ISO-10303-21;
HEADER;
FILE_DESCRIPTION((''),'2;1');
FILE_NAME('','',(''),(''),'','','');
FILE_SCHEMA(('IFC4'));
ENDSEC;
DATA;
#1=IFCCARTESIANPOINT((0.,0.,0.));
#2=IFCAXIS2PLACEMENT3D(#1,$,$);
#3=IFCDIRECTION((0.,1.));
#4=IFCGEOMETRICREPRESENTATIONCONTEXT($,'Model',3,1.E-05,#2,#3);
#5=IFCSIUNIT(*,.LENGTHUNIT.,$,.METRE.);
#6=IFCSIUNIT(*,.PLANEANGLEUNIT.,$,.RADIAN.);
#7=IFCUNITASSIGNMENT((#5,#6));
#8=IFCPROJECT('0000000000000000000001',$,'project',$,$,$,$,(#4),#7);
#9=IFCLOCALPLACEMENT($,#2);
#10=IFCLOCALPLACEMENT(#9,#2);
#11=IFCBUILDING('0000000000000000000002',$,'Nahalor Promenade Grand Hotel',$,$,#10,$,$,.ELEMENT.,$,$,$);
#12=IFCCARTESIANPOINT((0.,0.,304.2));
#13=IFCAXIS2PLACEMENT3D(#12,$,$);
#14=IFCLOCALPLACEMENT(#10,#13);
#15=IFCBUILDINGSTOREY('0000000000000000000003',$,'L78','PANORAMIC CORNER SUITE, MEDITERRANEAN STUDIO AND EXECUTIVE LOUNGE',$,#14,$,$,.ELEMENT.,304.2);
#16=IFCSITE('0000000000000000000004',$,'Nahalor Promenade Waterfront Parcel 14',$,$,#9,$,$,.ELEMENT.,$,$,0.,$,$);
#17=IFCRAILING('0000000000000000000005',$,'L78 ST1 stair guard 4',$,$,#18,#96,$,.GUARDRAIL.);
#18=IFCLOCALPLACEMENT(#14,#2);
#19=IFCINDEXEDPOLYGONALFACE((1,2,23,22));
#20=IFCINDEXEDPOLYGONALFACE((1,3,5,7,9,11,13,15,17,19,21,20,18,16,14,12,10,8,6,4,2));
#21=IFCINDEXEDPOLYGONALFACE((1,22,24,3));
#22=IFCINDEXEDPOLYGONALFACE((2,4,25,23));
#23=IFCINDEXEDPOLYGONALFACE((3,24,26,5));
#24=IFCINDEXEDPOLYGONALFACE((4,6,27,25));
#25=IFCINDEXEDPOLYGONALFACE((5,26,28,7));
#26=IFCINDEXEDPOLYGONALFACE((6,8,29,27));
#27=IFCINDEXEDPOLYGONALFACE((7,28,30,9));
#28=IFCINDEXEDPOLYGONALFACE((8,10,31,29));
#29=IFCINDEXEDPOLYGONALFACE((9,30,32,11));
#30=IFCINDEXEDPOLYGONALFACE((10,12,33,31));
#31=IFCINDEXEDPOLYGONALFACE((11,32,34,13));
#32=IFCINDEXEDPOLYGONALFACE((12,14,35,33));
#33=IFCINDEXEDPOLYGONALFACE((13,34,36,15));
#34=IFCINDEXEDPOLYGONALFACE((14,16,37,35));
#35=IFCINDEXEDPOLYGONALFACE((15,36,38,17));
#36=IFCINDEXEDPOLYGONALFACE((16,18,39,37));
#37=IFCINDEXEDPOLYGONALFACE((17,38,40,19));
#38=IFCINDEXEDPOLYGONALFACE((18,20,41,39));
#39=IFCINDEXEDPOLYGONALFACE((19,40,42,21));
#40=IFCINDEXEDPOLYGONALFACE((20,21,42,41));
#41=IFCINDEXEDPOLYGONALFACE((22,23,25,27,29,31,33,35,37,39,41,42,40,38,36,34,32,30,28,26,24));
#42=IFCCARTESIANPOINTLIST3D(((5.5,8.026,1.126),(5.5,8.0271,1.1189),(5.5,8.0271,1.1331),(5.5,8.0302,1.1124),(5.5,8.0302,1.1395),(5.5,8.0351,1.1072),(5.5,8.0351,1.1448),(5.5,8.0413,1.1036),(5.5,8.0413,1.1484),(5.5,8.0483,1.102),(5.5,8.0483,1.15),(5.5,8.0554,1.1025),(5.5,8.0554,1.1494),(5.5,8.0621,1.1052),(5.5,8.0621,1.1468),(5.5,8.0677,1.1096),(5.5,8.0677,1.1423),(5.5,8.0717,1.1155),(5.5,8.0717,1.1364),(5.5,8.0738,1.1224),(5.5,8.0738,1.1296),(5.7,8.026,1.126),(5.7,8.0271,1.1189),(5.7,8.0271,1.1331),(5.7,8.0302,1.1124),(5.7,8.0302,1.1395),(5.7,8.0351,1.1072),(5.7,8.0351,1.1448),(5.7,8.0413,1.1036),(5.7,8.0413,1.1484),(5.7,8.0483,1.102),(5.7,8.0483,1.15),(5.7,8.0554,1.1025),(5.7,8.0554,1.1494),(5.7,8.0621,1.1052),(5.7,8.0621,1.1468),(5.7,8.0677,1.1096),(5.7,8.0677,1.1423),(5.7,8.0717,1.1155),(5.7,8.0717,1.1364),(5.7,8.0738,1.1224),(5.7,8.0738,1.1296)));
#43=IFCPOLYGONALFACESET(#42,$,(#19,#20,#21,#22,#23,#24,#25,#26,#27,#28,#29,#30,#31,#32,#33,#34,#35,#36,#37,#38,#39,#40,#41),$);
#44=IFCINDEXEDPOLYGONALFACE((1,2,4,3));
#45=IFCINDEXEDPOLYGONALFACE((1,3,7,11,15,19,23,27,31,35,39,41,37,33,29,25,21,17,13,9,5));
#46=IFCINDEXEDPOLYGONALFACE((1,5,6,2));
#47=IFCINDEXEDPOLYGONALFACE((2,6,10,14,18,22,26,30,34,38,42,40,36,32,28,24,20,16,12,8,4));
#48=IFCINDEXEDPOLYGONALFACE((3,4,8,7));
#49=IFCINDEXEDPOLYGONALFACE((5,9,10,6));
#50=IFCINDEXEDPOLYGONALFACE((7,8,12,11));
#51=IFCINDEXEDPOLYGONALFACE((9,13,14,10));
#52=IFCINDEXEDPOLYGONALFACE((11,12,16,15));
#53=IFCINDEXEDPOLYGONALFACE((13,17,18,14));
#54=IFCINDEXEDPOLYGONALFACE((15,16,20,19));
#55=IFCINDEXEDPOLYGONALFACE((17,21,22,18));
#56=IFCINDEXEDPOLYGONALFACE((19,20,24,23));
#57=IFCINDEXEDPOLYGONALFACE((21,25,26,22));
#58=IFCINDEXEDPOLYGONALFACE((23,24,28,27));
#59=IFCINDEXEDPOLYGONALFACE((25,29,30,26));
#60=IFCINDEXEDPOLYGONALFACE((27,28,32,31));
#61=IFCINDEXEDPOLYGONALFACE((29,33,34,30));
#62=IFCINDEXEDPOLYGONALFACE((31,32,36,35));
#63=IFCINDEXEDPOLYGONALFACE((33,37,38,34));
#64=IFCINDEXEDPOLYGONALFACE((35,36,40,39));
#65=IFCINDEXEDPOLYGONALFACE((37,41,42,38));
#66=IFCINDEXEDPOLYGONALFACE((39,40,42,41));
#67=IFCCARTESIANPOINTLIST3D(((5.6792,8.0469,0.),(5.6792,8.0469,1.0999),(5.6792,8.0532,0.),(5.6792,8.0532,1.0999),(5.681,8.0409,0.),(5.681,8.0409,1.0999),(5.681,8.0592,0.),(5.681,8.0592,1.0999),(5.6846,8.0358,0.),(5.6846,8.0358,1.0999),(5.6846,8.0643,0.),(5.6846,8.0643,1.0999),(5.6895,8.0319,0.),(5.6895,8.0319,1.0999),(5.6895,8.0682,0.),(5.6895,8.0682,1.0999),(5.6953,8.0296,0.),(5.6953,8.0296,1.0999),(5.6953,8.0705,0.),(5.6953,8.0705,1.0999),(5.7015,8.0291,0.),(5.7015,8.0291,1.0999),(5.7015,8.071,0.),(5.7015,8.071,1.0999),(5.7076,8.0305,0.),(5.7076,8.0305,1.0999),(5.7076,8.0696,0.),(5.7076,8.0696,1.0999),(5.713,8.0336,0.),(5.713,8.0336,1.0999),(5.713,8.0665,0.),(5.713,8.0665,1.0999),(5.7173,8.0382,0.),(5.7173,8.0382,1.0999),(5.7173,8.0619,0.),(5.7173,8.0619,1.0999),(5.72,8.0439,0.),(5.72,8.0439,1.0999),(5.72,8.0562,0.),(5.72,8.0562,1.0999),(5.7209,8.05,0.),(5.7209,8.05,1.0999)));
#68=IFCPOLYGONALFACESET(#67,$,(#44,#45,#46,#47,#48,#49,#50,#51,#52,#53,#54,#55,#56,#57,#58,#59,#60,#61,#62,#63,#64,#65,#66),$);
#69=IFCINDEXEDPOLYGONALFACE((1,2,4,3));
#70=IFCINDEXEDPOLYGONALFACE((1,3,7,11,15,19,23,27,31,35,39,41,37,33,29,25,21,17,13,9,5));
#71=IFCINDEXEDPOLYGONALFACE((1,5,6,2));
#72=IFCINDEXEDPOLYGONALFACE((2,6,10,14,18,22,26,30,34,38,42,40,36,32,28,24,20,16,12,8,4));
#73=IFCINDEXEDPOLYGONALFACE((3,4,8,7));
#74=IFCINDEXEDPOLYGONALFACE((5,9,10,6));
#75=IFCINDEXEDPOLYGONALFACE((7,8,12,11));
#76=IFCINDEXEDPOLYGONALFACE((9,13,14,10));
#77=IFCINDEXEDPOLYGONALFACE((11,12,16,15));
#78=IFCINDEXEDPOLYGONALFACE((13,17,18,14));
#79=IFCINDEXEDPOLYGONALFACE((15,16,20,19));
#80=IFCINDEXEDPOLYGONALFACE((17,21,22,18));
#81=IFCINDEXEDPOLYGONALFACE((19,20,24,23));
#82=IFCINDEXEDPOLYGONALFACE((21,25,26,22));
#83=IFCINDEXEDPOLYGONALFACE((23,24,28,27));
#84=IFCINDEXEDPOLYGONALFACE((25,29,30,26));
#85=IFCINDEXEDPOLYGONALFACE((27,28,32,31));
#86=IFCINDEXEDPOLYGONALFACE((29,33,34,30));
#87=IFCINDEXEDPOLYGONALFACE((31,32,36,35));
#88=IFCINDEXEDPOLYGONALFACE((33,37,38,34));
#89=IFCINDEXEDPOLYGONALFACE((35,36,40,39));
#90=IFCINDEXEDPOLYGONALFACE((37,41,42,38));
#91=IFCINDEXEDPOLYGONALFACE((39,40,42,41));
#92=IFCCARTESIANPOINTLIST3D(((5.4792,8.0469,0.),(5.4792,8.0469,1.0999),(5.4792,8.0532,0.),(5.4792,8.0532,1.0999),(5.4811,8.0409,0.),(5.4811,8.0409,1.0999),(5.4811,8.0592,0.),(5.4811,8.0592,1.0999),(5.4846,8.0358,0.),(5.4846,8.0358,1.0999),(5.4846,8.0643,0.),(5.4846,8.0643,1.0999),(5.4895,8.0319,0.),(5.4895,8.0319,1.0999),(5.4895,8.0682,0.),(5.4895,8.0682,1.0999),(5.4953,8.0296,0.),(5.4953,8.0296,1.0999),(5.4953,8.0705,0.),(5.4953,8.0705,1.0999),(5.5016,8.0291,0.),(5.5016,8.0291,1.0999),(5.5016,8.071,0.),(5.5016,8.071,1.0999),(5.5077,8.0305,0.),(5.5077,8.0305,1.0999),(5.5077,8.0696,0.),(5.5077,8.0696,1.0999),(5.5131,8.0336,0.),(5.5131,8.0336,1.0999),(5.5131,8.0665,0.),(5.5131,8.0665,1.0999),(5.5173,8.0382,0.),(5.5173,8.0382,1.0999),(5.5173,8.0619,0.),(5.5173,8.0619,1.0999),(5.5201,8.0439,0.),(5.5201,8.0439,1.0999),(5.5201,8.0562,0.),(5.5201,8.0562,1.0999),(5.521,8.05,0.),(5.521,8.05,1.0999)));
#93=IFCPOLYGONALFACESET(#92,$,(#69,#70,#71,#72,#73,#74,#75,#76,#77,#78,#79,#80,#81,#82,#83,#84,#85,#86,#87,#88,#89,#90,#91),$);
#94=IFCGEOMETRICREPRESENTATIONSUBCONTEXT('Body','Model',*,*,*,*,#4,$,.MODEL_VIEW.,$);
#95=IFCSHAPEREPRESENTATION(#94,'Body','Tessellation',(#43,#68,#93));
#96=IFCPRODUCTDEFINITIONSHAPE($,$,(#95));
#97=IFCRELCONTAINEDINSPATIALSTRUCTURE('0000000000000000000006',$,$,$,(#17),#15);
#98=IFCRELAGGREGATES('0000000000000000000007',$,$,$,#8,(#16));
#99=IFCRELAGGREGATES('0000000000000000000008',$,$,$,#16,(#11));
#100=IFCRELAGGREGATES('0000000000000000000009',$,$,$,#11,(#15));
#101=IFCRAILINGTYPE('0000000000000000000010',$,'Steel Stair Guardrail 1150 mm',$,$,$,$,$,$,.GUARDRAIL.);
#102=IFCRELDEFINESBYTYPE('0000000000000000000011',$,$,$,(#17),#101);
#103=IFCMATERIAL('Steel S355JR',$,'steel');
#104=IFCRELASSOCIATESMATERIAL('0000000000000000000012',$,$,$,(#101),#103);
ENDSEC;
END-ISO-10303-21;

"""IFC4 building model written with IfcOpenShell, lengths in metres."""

from ifc_helpers import new_model, si_unit, direction, frame, origin, origin_2d, place, context, subcontext, project, spatial, circle, extrude, material, type_object, element, save


model = new_model("IFC4")

# Units and contexts
model_context = context("Model", 3, precision=1e-05, world=origin(), true_north=direction((0.0, 1.0)))
body_context = subcontext(model_context, "Body", "Model", "MODEL_VIEW")
ifc_project = project(units=[si_unit("LENGTHUNIT", "METRE"), si_unit("PLANEANGLEUNIT", "RADIAN")], contexts=[model_context])

# Site, building, storey
site_placement = place(None, origin())
site = spatial("IfcSite", under=ifc_project, at=site_placement, Name="Nahalor Promenade Waterfront Parcel 14", CompositionType="ELEMENT", RefElevation=0.0)
building_placement = place(site_placement, origin())
building = spatial("IfcBuilding", under=site, at=building_placement, Name="Nahalor Promenade Grand Hotel", CompositionType="ELEMENT")
storey_placement = place(building_placement, frame((0.0, 0.0, 304.2)))
storey = spatial("IfcBuildingStorey", under=building, at=storey_placement, Name="L78", Description="PANORAMIC CORNER SUITE, MEDITERRANEAN STUDIO AND EXECUTIVE LOUNGE", CompositionType="ELEMENT", Elevation=304.2)

# Shared definitions
ifc_material_1 = material(Name="Steel S355JR", Category="steel")

# Railing
railing_type_1 = type_object("IfcRailingType", Name="Steel Stair Guardrail 1150 mm", PredefinedType="GUARDRAIL", material=ifc_material_1)
railing_1_placement = place(storey_placement, frame((5.7, 8.05, 0.0)))
element("IfcRailing", 1, at=railing_1_placement, inside=storey, type_object=railing_type_1, Name="L78 ST1 stair guard 4", PredefinedType="GUARDRAIL", context=body_context, shape_type="SweptSolid", body=[
    extrude(circle(Radius=0.024, at=origin_2d()), frame((0.0, 0.0, 1.126), z_axis=(-1.0, 0.0, 0.0), x_axis=(0.0, -1.0, 0.0)), (0.0, 0.0, 1.0), 0.2),
    extrude(circle(Radius=0.021, at=origin_2d()), origin(), (0.0, 0.0, 1.0), 1.0999),
    extrude(circle(Radius=0.021, at=origin_2d()), frame((-0.2, 0.0, 0.0)), (0.0, 0.0, 1.0), 1.0999),
])

save(model, "model.ifc")
